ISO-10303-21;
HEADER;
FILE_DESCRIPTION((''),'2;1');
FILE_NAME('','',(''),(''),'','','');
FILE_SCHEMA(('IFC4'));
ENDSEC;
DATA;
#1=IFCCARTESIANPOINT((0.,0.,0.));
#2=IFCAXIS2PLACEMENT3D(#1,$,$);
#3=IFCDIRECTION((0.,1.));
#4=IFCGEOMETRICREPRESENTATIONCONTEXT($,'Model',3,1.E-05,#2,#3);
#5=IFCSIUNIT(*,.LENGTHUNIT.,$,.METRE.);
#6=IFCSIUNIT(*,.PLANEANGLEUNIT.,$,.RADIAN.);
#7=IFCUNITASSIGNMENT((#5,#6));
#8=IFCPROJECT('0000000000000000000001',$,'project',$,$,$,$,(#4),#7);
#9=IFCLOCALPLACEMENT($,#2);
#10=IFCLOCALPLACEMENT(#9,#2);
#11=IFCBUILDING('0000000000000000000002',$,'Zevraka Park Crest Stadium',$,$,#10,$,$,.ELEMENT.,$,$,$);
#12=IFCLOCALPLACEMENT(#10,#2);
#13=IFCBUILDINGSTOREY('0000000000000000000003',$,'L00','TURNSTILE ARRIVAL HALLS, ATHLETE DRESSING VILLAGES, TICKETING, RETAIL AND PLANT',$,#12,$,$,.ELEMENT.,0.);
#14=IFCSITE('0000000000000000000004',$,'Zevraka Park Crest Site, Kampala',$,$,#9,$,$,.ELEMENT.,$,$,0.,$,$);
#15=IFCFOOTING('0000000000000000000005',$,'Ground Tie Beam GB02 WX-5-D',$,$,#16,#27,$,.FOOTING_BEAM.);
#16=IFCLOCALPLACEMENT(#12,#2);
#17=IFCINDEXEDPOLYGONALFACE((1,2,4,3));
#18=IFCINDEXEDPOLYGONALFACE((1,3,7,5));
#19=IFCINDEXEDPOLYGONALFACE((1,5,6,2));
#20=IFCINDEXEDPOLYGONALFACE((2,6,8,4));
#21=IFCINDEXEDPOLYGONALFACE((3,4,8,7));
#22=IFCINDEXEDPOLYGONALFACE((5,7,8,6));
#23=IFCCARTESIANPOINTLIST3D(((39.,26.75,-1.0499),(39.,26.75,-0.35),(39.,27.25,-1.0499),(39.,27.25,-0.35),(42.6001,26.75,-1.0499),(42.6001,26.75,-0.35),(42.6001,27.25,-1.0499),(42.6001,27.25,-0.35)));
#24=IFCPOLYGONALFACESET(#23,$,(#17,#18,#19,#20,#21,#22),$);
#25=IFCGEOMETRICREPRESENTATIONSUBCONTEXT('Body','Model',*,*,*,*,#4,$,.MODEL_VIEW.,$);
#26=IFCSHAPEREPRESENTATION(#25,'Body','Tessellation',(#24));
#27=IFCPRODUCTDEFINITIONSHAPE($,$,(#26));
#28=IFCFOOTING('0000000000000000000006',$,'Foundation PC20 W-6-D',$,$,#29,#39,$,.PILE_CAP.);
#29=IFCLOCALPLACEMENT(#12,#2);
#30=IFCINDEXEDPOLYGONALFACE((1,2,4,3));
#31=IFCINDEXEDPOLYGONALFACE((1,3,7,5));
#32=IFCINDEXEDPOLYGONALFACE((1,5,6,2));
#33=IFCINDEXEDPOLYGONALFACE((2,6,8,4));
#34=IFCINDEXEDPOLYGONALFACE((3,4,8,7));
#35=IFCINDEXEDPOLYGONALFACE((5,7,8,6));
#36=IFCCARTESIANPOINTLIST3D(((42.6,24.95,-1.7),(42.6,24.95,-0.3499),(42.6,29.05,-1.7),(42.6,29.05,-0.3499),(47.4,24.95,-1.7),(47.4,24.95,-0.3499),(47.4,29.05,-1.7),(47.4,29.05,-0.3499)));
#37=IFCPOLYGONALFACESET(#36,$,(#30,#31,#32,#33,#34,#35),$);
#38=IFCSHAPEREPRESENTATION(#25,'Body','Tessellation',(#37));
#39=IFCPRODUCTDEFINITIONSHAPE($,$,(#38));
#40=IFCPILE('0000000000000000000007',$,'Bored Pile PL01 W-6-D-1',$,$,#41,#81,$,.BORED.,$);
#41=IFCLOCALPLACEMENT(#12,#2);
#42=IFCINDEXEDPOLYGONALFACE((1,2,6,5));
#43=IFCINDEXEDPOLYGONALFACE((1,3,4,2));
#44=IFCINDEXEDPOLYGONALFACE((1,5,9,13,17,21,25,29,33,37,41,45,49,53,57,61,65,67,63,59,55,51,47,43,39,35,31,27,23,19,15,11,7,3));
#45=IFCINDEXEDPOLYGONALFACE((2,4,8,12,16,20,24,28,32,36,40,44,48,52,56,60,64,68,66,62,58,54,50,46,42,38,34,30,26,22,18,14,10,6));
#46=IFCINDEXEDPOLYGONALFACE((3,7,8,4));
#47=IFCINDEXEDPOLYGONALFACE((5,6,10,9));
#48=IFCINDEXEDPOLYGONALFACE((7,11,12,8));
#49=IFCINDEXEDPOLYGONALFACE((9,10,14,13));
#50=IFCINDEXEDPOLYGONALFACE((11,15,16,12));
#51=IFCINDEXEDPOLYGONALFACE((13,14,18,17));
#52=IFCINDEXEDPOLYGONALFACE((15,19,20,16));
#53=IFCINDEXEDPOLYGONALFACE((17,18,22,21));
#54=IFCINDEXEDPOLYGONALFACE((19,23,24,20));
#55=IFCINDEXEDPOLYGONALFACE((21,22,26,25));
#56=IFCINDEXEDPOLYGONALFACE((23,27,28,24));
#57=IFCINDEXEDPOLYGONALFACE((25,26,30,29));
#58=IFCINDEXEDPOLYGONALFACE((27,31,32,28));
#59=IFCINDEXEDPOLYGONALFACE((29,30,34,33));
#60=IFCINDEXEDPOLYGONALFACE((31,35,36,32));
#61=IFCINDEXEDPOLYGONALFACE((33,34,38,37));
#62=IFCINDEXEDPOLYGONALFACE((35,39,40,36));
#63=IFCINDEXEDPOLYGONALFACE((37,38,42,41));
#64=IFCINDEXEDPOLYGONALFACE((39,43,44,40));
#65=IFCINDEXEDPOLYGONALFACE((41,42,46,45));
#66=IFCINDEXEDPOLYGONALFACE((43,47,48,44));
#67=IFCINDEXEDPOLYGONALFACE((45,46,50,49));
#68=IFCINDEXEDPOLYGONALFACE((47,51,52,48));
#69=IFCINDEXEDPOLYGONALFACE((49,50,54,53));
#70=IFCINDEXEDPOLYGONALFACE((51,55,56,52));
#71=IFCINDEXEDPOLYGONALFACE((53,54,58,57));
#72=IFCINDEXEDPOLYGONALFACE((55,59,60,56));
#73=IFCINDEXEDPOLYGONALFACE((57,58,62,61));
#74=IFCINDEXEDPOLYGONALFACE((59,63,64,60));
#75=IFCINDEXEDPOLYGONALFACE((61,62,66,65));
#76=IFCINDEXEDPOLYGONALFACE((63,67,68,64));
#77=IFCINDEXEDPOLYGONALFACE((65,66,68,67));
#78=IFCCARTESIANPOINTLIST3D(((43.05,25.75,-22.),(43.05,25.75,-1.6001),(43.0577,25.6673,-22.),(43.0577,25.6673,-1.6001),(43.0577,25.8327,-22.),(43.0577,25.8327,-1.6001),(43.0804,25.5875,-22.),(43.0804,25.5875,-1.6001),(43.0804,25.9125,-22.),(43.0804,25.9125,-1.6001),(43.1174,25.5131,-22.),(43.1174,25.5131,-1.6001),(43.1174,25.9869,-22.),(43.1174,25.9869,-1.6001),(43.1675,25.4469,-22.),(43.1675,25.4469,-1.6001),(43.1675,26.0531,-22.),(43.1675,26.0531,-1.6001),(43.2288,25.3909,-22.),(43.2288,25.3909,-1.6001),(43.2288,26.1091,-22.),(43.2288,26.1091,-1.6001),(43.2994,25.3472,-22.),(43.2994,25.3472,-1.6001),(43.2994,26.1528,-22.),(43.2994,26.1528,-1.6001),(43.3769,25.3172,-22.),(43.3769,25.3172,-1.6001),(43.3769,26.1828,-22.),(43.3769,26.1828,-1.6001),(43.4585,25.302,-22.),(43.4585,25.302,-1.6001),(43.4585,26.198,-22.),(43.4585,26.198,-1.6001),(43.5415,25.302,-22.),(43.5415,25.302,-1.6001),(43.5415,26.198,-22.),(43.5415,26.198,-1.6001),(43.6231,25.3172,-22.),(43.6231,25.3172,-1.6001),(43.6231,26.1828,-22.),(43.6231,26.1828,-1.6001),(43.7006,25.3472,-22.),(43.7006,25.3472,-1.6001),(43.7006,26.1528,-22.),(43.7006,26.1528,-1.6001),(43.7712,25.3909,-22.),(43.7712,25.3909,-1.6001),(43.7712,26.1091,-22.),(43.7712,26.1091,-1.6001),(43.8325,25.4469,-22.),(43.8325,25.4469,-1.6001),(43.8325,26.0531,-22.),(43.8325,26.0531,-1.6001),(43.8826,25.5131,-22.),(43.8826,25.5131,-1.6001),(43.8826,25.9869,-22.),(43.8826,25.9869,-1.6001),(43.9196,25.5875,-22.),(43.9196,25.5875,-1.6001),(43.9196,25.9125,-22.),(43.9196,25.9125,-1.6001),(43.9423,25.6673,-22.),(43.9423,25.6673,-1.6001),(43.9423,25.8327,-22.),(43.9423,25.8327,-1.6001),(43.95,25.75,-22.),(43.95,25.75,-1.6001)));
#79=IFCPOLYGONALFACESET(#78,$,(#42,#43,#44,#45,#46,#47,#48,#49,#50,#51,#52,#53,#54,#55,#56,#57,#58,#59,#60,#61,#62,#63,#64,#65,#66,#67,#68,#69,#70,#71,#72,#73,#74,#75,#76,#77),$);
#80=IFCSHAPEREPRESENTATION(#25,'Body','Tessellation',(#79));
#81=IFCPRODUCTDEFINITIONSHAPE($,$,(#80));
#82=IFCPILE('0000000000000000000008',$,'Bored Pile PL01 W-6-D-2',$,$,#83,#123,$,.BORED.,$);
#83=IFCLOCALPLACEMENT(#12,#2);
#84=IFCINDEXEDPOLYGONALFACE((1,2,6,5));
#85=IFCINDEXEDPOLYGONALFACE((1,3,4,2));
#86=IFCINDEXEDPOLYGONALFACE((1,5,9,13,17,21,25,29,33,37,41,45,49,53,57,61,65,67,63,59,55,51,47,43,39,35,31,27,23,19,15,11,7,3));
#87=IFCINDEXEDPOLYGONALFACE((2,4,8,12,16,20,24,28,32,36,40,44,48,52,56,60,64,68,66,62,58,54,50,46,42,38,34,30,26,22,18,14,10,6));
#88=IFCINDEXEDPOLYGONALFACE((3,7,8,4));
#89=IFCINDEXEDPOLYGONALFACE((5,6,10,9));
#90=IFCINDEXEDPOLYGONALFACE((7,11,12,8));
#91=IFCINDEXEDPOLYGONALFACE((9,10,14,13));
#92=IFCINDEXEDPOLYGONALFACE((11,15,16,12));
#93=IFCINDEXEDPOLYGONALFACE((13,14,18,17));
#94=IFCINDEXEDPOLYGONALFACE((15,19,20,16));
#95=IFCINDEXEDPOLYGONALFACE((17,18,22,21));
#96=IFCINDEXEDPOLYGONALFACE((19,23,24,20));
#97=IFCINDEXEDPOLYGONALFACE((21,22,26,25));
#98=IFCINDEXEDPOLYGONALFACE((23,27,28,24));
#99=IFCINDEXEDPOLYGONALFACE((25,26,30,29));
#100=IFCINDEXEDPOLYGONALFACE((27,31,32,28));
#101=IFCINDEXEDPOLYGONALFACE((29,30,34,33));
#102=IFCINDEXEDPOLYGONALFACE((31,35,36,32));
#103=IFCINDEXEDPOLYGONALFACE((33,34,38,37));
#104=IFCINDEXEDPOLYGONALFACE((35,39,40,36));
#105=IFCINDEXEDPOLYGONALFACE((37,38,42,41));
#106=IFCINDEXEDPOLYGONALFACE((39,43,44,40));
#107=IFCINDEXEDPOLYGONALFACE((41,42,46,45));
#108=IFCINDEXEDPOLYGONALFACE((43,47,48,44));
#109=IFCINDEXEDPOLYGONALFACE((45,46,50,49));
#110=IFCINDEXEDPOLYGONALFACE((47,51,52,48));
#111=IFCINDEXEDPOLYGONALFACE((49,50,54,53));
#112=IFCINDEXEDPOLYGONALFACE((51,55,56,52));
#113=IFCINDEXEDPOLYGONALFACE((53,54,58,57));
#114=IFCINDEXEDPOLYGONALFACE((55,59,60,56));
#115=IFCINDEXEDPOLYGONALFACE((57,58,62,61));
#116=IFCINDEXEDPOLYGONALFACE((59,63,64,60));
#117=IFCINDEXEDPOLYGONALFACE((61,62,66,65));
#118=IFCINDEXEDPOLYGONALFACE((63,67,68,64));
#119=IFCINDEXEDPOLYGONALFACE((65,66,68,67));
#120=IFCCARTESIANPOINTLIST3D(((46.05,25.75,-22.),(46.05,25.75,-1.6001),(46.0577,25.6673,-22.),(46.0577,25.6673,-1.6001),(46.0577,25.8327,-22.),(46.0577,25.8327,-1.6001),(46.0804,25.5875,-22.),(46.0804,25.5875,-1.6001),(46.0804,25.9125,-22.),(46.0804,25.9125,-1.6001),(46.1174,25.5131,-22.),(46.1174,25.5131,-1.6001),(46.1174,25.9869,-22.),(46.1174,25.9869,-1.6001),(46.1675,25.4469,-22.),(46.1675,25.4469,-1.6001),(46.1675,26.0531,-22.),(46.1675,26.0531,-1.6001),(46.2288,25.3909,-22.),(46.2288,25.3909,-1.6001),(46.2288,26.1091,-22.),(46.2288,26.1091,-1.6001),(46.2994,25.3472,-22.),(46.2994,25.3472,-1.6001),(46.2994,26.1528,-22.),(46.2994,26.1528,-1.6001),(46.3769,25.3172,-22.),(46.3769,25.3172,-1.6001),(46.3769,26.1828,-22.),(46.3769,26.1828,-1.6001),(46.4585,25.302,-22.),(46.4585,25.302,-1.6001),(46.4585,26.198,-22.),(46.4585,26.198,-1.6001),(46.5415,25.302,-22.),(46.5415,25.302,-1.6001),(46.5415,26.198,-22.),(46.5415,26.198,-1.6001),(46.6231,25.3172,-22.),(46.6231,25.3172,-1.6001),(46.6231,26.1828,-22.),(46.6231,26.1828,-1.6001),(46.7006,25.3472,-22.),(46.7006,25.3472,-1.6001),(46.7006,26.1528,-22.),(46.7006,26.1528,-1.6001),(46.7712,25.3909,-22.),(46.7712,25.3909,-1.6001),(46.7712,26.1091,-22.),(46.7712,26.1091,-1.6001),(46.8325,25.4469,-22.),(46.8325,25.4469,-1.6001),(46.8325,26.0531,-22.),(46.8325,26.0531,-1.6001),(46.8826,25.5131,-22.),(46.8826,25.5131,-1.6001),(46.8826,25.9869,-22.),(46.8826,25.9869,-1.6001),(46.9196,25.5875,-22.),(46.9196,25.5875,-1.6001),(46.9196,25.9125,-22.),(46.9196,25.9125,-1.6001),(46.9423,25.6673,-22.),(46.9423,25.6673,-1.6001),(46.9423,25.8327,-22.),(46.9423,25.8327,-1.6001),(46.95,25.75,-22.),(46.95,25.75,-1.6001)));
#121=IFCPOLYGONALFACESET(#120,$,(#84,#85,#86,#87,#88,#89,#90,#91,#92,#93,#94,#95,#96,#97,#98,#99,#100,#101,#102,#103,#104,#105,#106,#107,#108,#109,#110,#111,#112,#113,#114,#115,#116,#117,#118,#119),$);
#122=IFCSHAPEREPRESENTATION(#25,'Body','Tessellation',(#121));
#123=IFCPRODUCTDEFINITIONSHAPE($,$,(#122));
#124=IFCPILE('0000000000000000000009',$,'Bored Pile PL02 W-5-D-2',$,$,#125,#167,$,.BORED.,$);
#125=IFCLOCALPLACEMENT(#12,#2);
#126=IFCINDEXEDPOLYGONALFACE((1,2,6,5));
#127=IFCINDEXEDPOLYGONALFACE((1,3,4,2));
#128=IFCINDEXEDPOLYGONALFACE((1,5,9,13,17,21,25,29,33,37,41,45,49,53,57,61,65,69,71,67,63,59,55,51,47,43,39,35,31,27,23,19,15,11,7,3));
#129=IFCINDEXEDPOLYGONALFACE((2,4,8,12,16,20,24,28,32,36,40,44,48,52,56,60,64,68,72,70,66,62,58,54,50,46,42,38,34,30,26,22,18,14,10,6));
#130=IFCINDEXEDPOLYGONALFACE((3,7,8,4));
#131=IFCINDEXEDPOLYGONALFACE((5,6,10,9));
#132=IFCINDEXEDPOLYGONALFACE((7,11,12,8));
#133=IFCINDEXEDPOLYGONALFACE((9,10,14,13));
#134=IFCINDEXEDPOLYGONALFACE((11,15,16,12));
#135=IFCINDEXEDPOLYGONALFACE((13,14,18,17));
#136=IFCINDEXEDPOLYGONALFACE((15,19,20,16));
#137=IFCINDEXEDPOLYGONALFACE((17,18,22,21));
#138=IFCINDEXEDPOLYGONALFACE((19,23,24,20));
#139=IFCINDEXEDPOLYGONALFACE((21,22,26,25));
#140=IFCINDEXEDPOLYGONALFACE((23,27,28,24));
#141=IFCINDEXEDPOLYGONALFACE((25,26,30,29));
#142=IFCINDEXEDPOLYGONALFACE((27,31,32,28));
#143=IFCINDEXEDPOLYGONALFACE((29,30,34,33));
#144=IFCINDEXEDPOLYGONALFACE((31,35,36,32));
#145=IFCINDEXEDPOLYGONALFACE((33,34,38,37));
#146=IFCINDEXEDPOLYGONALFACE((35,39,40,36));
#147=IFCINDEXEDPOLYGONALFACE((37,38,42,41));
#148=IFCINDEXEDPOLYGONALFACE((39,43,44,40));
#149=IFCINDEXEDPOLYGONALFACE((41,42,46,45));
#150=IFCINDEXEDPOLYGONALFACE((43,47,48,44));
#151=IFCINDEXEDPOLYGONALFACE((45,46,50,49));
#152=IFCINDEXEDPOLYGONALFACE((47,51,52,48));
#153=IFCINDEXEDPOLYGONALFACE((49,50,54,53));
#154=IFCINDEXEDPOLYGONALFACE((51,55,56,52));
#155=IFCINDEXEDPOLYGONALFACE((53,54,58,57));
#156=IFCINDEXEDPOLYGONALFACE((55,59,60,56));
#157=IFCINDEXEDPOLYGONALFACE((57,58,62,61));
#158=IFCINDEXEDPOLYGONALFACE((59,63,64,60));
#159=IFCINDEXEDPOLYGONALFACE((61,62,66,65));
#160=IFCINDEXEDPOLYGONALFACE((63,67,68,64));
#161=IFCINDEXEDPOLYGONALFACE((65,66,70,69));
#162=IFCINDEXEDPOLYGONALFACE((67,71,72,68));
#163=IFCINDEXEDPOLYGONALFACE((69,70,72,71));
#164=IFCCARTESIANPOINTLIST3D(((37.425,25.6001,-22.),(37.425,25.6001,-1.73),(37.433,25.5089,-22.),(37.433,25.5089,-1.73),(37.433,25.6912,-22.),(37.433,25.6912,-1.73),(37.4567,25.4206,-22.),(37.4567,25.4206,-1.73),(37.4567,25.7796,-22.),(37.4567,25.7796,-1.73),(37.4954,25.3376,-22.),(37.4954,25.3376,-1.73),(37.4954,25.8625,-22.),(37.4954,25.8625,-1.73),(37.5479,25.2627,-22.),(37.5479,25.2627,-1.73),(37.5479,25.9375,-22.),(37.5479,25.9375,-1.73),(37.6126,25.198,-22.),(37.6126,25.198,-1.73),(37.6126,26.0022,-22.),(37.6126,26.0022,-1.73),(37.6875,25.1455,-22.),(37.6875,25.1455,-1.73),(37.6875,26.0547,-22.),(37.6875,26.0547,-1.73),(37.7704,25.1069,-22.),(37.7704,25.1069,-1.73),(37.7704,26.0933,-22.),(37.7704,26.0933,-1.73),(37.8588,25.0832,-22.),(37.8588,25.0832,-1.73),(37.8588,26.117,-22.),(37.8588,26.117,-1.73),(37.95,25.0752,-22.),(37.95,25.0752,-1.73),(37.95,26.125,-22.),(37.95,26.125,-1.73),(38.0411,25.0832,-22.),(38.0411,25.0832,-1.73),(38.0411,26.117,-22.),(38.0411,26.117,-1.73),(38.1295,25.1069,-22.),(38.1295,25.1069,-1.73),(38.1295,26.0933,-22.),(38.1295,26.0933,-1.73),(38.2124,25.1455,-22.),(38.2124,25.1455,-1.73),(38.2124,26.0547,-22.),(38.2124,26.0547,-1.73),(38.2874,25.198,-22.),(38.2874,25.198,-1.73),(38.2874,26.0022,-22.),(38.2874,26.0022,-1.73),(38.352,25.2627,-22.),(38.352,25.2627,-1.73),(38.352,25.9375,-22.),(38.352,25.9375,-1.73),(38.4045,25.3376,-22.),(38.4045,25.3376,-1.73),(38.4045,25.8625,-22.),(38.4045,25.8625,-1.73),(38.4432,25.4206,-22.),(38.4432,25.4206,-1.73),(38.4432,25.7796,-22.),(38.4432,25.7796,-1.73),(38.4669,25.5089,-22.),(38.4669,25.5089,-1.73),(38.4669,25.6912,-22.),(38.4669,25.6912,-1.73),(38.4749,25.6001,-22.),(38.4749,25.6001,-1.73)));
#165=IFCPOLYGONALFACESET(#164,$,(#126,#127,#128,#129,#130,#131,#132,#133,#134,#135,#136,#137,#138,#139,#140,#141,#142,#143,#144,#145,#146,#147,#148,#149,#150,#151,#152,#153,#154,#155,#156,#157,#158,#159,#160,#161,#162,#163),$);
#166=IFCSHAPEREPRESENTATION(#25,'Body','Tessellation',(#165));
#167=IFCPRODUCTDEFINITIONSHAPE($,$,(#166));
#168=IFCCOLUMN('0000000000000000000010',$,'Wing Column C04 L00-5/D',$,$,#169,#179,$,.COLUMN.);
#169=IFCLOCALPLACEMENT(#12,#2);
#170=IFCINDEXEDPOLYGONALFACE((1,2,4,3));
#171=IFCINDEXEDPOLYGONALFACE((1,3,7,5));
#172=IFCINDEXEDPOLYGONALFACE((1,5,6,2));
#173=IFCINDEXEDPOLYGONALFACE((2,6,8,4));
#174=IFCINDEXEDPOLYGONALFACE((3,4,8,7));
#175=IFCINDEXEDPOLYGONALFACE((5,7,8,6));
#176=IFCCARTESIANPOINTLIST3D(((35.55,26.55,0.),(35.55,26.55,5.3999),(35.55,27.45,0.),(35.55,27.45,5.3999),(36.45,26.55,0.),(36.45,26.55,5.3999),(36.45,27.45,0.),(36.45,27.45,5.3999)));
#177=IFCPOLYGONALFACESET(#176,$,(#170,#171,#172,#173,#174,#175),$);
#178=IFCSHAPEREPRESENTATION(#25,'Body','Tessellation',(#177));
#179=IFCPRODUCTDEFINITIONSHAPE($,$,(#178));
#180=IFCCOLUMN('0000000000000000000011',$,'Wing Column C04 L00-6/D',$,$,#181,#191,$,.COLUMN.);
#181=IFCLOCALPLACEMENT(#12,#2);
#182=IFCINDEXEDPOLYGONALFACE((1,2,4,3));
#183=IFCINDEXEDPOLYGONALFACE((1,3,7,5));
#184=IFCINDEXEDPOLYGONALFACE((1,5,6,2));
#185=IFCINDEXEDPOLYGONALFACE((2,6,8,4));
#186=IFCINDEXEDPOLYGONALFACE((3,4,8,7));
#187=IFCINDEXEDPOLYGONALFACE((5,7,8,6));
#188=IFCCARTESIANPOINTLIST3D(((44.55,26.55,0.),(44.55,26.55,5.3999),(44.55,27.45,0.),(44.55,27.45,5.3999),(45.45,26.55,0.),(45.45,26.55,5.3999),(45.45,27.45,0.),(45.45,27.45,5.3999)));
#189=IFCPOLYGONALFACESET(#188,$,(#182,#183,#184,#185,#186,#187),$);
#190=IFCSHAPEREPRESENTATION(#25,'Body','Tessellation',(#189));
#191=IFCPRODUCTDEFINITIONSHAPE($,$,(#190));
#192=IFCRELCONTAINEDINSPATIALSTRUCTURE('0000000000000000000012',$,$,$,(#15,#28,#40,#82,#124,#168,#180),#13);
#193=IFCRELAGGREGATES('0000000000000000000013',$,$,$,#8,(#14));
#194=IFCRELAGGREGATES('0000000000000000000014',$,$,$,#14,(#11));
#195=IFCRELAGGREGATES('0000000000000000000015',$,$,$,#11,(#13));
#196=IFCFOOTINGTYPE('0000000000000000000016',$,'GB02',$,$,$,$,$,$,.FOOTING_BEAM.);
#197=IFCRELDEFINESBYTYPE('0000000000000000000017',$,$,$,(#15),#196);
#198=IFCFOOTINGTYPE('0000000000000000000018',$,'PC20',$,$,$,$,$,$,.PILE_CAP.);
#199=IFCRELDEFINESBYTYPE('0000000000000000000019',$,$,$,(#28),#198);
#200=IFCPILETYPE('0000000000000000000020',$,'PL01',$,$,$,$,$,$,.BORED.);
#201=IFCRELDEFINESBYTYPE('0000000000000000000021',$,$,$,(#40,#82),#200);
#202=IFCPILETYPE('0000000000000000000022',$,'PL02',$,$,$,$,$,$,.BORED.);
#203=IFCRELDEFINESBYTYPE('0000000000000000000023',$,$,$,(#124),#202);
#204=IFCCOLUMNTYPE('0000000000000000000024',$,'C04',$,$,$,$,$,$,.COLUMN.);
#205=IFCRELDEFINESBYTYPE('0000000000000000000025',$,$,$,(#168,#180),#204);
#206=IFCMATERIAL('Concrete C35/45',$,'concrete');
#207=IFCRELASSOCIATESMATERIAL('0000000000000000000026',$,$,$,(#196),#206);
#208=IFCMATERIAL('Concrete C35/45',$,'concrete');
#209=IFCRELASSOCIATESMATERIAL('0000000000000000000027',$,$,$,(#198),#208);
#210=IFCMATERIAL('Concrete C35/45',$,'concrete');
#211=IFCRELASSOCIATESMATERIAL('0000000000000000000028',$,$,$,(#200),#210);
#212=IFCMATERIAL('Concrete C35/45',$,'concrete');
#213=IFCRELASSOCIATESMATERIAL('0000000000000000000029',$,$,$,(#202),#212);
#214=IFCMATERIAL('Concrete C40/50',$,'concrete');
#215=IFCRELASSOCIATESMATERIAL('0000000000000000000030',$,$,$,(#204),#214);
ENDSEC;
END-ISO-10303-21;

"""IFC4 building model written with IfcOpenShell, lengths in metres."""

from ifc_helpers import new_model, si_unit, direction, frame, origin, origin_2d, place, context, subcontext, project, spatial, rectangle, circle, extrude, material, material_profile, profile_set, type_object, element, save


model = new_model("IFC4")

# Units and contexts
model_context = context("Model", 3, precision=1e-05, world=origin(), true_north=direction((0.0, 1.0)))
body_context = subcontext(model_context, "Body", "Model", "MODEL_VIEW")
ifc_project = project(units=[si_unit("LENGTHUNIT", "METRE"), si_unit("PLANEANGLEUNIT", "RADIAN")], contexts=[model_context])

# Site, building, storey
site_placement = place(None, origin())
site = spatial("IfcSite", under=ifc_project, at=site_placement, Name="Zevraka Park Crest Site, Kampala", CompositionType="ELEMENT", RefElevation=0.0)
building_placement = place(site_placement, origin())
building = spatial("IfcBuilding", under=site, at=building_placement, Name="Zevraka Park Crest Stadium", CompositionType="ELEMENT")
storey_placement = place(building_placement, origin())
storey = spatial("IfcBuildingStorey", under=building, at=storey_placement, Name="L00", Description="TURNSTILE ARRIVAL HALLS, ATHLETE DRESSING VILLAGES, TICKETING, RETAIL AND PLANT", CompositionType="ELEMENT", Elevation=0.0)

# Footings
ifc_material_1 = material(Name="Concrete C35/45", Category="concrete")
ifc_material_profile_1 = material_profile(ifc_material_1, rectangle(XDim=0.5, YDim=0.7, at=origin_2d()), Name="GB 700x500")
ifc_profile_set_1 = profile_set([ifc_material_profile_1], Name="Concrete C35/45")
footing_type_1 = type_object("IfcFootingType", Name="GB02", PredefinedType="FOOTING_BEAM", material=ifc_profile_set_1)
footing_1_placement = place(storey_placement, frame((39.0, 27.0, -0.7), z_axis=(1.0, 0.0, 0.0), x_axis=(0.0, 1.0, 0.0)))
element("IfcFooting", 1, at=footing_1_placement, inside=storey, type_object=footing_type_1, Name="Ground Tie Beam GB02 WX-5-D", PredefinedType="FOOTING_BEAM", context=body_context, shape_type="SweptSolid", body=[
    extrude(rectangle(XDim=0.5, YDim=0.7, at=origin_2d()), origin(), (0.0, 0.0, 1.0), 3.6001),
])
ifc_material_2 = material(Name="Concrete C35/45", Category="concrete")
footing_type_2 = type_object("IfcFootingType", Name="PC20", PredefinedType="PILE_CAP", material=ifc_material_2)
footing_2_placement = place(storey_placement, frame((45.0, 27.0, -1.7), z_axis=(0.0, 0.0, 1.0), x_axis=(1.0, 0.0, 0.0)))
element("IfcFooting", 2, at=footing_2_placement, inside=storey, type_object=footing_type_2, Name="Foundation PC20 W-6-D", PredefinedType="PILE_CAP", context=body_context, shape_type="SweptSolid", body=[
    extrude(rectangle(XDim=4.8, YDim=4.1001, at=origin_2d()), origin(), (0.0, 0.0, 1.0), 1.3501),
])

# Piles
ifc_material_3 = material(Name="Concrete C35/45", Category="concrete")
ifc_material_profile_2 = material_profile(ifc_material_3, circle(Radius=0.45, at=origin_2d()), Name="PILE D900")
ifc_profile_set_2 = profile_set([ifc_material_profile_2], Name="Concrete C35/45")
pile_type_1 = type_object("IfcPileType", Name="PL01", PredefinedType="BORED", material=ifc_profile_set_2)
for number, where, z_axis, x_axis, name in (
    (3, (43.5, 25.75, -1.6001), (0.0, 0.0, -1.0), (1.0, 0.0, 0.0), "Bored Pile PL01 W-6-D-1"),
    (4, (46.5, 25.75, -1.6001), (0.0, 0.0, -1.0), (1.0, 0.0, 0.0), "Bored Pile PL01 W-6-D-2"),
):
    element("IfcPile", number, at=place(storey_placement, frame(where, z_axis=z_axis, x_axis=x_axis)), inside=storey, type_object=pile_type_1, Name=name, PredefinedType="BORED", context=body_context, shape_type="SweptSolid", body=[
        extrude(circle(Radius=0.45, at=origin_2d()), origin(), (0.0, 0.0, 1.0), 20.3999),
    ])
ifc_material_4 = material(Name="Concrete C35/45", Category="concrete")
ifc_material_profile_3 = material_profile(ifc_material_4, circle(Radius=0.5249, at=origin_2d()), Name="PILE D1050")
ifc_profile_set_3 = profile_set([ifc_material_profile_3], Name="Concrete C35/45")
pile_type_2 = type_object("IfcPileType", Name="PL02", PredefinedType="BORED", material=ifc_profile_set_3)
pile_placement = place(storey_placement, frame((37.95, 25.6001, -1.73), z_axis=(0.0, 0.0, -1.0), x_axis=(1.0, 0.0, 0.0)))
element("IfcPile", 5, at=pile_placement, inside=storey, type_object=pile_type_2, Name="Bored Pile PL02 W-5-D-2", PredefinedType="BORED", context=body_context, shape_type="SweptSolid", body=[
    extrude(circle(Radius=0.5249, at=origin_2d()), origin(), (0.0, 0.0, 1.0), 20.27),
])

# Columns
ifc_material_5 = material(Name="Concrete C40/50", Category="concrete")
ifc_material_profile_4 = material_profile(ifc_material_5, rectangle(XDim=0.8999, YDim=0.8999, at=origin_2d()), Name="RC 900x900")
ifc_profile_set_4 = profile_set([ifc_material_profile_4], Name="Concrete C40/50")
column_type = type_object("IfcColumnType", Name="C04", PredefinedType="COLUMN", material=ifc_profile_set_4)
for number, where, z_axis, x_axis, name in (
    (6, (36.0, 27.0, 0.0), (0.0, 0.0, 1.0), (1.0, 0.0, 0.0), "Wing Column C04 L00-5/D"),
    (7, (45.0, 27.0, 0.0), (0.0, 0.0, 1.0), (1.0, 0.0, 0.0), "Wing Column C04 L00-6/D"),
):
    element("IfcColumn", number, at=place(storey_placement, frame(where, z_axis=z_axis, x_axis=x_axis)), inside=storey, type_object=column_type, Name=name, PredefinedType="COLUMN", context=body_context, shape_type="SweptSolid", body=[
        extrude(rectangle(XDim=0.8999, YDim=0.8999, at=origin_2d()), origin(), (0.0, 0.0, 1.0), 5.3999),
    ])

save(model, "model.ifc")
